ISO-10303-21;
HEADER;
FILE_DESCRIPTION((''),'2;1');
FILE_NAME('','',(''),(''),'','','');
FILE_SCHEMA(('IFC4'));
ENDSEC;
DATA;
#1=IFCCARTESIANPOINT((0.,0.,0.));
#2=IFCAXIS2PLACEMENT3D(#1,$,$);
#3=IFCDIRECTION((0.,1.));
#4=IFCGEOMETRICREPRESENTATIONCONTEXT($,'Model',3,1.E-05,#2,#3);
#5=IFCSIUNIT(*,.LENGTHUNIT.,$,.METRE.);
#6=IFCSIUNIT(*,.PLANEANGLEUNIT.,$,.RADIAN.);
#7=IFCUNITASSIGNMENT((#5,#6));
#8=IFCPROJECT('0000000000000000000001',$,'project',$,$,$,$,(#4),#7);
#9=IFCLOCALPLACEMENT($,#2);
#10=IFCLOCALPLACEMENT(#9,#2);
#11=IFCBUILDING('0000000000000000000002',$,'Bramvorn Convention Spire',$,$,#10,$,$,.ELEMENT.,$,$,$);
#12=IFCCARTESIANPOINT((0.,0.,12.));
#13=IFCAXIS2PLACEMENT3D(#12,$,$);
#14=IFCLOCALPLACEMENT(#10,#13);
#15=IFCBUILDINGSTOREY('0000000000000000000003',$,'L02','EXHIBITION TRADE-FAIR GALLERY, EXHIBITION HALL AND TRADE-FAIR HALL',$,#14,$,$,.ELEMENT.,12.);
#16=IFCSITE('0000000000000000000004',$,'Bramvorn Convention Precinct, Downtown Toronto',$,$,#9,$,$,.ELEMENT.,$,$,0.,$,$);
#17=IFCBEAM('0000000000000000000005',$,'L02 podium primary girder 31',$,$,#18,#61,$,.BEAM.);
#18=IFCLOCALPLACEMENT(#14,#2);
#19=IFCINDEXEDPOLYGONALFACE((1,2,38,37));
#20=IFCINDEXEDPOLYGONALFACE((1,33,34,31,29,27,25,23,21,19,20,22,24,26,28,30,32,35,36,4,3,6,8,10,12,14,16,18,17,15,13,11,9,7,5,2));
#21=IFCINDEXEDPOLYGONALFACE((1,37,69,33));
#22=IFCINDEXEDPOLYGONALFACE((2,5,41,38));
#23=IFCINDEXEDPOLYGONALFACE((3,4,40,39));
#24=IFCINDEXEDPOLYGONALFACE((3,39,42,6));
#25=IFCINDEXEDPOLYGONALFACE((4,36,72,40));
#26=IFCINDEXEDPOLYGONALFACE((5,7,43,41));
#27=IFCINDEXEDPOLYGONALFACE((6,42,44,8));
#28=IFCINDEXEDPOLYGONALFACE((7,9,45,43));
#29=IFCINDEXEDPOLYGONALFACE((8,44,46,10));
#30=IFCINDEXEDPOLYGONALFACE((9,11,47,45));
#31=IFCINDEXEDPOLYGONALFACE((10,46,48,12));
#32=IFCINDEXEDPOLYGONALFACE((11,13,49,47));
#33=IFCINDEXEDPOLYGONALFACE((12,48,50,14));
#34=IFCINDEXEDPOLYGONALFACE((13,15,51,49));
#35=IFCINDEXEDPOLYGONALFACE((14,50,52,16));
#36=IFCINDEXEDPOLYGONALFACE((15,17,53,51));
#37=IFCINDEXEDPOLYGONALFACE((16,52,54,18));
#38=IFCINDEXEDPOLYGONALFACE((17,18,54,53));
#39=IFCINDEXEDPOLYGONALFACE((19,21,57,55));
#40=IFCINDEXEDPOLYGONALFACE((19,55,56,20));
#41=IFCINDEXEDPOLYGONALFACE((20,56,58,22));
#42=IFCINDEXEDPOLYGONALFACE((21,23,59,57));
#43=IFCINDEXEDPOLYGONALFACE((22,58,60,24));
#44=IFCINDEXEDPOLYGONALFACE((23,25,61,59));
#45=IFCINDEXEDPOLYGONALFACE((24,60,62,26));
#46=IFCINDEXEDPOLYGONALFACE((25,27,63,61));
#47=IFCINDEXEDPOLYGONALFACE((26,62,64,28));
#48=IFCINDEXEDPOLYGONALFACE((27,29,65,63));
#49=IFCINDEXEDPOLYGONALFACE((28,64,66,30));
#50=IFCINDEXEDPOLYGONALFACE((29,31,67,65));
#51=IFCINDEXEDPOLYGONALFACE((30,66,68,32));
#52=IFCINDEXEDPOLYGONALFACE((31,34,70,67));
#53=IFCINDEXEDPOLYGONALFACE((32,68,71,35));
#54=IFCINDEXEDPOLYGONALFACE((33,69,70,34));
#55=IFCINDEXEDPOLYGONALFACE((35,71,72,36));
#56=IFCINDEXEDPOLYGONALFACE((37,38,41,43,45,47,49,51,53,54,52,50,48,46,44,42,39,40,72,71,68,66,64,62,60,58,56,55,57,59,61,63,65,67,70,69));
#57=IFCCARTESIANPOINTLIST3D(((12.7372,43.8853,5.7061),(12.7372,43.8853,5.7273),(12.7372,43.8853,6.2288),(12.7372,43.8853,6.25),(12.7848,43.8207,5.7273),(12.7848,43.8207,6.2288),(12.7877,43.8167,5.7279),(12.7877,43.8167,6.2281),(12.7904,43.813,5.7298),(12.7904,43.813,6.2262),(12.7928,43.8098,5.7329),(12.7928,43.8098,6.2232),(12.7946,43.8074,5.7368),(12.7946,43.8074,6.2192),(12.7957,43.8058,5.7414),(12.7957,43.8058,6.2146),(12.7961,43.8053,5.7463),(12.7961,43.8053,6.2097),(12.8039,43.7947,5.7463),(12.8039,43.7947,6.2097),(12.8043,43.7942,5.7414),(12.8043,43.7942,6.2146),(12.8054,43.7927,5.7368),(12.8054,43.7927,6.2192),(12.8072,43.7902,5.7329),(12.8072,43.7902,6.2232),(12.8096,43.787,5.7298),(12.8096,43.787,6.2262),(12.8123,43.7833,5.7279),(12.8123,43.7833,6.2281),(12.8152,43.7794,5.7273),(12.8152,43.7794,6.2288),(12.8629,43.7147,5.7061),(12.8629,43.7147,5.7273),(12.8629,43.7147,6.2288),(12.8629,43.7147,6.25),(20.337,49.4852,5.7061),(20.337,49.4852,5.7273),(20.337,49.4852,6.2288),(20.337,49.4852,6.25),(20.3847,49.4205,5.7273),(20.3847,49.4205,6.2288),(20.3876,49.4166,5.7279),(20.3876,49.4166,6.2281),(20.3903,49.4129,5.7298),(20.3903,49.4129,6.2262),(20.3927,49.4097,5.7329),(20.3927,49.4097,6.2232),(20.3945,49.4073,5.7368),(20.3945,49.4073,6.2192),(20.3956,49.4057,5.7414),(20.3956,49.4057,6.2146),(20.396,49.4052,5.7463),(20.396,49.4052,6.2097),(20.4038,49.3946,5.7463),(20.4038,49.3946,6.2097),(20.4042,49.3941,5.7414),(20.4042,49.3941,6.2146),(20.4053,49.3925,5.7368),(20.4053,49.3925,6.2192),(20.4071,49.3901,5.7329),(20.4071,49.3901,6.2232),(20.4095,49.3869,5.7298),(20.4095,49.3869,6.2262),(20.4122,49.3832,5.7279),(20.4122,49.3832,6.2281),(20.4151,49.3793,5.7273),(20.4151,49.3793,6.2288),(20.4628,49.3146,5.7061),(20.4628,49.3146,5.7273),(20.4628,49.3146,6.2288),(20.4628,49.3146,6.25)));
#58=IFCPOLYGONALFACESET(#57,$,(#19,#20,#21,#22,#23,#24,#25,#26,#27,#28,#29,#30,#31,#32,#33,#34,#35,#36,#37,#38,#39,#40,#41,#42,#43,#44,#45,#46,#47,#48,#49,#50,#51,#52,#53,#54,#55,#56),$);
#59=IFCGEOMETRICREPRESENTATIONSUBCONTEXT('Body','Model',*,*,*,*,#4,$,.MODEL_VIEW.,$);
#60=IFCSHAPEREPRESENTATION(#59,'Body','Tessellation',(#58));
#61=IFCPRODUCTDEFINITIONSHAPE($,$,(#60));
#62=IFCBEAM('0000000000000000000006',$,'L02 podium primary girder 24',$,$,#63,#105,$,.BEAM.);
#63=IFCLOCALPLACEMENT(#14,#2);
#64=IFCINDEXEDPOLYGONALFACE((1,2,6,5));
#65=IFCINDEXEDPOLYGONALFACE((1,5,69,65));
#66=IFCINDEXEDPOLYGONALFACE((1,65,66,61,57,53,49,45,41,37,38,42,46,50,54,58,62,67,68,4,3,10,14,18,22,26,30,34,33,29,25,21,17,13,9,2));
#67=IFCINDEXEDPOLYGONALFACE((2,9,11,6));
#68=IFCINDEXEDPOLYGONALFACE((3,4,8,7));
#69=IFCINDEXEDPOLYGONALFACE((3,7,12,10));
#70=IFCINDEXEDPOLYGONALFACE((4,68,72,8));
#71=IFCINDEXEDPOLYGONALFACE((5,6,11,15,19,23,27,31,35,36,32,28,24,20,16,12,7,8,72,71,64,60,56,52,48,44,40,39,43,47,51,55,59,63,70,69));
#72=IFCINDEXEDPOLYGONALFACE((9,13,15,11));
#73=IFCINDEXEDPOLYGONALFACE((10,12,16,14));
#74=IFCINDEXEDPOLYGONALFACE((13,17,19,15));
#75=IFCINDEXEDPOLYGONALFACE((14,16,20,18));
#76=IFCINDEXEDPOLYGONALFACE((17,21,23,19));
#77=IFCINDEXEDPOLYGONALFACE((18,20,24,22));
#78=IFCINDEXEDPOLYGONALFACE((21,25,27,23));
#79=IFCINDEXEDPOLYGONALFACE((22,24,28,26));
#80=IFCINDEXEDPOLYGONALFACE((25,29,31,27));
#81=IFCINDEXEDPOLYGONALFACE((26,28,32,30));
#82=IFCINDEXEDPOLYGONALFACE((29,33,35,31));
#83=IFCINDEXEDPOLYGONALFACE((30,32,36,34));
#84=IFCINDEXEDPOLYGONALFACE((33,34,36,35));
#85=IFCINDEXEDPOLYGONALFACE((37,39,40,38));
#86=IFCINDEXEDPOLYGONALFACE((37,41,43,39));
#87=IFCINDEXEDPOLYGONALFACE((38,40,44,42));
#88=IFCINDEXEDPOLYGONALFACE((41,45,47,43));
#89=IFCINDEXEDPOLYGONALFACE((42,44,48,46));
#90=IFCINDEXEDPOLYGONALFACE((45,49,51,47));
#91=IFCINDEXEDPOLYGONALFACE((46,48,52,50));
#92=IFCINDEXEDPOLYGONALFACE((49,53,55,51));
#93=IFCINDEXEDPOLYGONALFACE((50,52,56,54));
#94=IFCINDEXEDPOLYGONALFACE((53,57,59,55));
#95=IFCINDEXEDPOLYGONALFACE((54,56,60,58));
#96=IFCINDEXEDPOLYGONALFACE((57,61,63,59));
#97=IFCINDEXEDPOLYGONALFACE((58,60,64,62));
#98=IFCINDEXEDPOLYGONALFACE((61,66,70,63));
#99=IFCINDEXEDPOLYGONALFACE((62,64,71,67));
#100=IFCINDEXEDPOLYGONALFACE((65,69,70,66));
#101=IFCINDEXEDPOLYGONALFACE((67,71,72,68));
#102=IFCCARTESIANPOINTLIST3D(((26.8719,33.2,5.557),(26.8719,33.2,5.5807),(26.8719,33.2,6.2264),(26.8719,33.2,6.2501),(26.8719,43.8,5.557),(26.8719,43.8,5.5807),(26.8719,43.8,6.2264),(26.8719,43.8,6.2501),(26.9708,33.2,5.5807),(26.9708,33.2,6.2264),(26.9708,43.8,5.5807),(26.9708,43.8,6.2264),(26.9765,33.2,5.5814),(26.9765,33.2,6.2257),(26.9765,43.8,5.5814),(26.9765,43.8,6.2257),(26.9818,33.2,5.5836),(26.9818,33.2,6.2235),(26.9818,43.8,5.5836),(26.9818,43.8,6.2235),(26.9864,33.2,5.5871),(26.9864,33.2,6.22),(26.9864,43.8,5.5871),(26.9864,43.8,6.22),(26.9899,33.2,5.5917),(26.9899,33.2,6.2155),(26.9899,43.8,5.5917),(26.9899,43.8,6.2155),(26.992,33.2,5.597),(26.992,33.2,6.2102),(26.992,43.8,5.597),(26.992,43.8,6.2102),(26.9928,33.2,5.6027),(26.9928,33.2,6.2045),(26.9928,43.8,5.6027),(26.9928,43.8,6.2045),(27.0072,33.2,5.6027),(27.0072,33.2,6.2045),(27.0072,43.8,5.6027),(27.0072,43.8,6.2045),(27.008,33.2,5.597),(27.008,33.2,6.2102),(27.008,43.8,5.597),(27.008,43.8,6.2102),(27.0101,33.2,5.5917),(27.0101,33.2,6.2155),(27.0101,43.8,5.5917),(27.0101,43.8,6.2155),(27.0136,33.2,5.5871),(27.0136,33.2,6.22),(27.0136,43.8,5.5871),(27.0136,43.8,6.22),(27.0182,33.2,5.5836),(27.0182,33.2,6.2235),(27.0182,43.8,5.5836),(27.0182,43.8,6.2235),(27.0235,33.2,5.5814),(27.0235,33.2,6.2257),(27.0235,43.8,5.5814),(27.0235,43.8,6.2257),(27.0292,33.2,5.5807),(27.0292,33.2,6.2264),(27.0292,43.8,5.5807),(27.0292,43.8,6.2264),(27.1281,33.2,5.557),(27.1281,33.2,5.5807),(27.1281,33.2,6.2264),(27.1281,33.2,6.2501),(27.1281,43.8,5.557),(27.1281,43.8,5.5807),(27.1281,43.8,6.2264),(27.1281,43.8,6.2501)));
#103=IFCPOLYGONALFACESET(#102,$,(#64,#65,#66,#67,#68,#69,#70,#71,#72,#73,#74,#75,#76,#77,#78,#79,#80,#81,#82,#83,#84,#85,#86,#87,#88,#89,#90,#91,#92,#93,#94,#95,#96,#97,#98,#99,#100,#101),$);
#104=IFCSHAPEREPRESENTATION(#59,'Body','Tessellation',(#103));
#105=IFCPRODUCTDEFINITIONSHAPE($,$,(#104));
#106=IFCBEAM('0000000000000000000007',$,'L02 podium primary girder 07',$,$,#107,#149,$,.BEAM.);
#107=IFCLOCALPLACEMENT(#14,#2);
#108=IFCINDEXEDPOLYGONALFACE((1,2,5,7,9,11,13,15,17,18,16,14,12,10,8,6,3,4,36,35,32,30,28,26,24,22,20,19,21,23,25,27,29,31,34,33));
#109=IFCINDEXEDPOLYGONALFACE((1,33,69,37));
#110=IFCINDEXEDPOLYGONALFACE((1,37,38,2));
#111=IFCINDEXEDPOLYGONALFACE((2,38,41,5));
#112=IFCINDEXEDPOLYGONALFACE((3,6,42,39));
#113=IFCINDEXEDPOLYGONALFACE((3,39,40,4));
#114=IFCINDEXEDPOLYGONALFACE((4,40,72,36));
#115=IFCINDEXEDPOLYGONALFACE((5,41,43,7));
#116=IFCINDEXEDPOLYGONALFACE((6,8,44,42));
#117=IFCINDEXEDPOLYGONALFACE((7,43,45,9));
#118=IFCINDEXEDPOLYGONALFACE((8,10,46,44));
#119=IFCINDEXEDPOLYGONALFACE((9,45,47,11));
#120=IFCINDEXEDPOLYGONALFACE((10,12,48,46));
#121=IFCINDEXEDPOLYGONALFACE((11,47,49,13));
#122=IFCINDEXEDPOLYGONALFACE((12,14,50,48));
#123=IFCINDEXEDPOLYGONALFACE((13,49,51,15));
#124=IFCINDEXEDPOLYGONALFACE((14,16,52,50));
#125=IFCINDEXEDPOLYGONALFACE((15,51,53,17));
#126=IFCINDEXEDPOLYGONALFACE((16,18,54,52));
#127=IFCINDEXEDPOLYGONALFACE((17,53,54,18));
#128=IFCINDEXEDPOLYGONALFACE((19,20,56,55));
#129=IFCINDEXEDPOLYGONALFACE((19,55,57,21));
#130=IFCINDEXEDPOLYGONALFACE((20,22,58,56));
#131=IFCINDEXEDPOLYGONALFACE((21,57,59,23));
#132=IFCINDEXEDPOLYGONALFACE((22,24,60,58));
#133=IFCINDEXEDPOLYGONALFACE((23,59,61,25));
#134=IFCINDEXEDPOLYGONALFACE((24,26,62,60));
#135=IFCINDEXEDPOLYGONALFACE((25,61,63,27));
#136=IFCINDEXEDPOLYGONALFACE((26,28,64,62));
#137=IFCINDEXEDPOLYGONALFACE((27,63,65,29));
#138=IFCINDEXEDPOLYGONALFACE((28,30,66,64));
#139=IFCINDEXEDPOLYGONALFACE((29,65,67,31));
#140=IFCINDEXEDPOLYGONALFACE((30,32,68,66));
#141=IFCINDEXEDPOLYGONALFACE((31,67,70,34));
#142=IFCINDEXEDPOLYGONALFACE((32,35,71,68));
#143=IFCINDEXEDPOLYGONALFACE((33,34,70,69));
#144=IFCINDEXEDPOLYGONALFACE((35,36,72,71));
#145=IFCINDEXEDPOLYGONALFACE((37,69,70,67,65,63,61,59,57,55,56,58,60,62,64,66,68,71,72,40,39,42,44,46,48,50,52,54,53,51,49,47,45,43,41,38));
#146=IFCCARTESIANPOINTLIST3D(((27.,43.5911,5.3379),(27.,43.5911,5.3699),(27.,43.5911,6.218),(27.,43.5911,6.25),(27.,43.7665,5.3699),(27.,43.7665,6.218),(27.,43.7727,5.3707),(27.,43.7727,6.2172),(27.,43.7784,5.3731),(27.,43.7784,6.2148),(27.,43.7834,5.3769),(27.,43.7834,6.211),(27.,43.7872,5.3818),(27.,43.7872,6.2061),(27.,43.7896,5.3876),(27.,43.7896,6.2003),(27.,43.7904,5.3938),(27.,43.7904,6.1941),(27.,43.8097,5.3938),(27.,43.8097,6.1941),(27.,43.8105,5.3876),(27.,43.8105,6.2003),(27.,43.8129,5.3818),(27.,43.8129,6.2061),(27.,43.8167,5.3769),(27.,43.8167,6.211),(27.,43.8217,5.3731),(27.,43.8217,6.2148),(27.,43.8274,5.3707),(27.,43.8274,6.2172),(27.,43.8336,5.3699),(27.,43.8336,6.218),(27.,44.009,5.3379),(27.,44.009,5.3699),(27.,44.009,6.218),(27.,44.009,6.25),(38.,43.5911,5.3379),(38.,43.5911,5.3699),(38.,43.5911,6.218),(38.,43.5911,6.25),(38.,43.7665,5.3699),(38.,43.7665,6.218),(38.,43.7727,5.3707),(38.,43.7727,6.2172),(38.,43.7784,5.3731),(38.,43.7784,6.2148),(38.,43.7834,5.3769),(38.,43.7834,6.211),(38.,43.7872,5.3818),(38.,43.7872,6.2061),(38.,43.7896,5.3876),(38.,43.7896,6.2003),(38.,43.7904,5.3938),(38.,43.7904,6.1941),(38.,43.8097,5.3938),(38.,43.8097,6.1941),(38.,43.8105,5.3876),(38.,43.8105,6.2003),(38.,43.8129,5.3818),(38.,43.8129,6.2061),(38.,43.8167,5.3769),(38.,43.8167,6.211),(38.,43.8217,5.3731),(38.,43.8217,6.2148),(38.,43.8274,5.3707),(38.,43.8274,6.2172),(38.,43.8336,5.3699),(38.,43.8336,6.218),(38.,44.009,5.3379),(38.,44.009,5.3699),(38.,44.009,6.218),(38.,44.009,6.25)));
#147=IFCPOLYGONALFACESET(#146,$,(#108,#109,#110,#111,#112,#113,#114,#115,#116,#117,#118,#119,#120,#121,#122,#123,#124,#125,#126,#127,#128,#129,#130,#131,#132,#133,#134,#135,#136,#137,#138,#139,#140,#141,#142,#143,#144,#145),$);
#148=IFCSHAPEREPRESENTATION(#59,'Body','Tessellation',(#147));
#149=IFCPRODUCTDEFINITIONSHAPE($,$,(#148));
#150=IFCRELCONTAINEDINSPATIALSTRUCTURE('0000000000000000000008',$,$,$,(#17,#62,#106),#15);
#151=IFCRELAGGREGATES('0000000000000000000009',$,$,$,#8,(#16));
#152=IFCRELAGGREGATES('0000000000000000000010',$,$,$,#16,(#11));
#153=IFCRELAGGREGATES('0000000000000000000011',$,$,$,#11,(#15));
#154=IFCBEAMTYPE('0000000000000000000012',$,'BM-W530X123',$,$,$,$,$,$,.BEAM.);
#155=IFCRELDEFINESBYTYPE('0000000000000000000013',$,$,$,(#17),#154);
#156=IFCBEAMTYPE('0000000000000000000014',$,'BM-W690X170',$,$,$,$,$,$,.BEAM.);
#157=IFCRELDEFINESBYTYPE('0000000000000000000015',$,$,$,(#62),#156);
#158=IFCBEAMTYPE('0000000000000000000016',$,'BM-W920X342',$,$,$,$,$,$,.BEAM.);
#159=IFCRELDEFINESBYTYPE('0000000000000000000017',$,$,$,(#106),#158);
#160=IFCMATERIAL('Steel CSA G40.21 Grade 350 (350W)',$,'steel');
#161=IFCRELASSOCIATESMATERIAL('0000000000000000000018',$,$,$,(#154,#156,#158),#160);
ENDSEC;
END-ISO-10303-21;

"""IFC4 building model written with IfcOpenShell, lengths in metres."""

from ifc_helpers import new_model, si_unit, direction, frame, origin, origin_2d, place, context, subcontext, project, spatial, i_section, extrude, material, material_profile, profile_set, type_object, element, save


model = new_model("IFC4")

# Units and contexts
model_context = context("Model", 3, precision=1e-05, world=origin(), true_north=direction((0.0, 1.0)))
body_context = subcontext(model_context, "Body", "Model", "MODEL_VIEW")
ifc_project = project(units=[si_unit("LENGTHUNIT", "METRE"), si_unit("PLANEANGLEUNIT", "RADIAN")], contexts=[model_context])

# Site, building, storey
site_placement = place(None, origin())
site = spatial("IfcSite", under=ifc_project, at=site_placement, Name="Bramvorn Convention Precinct, Downtown Toronto", CompositionType="ELEMENT", RefElevation=0.0)
building_placement = place(site_placement, origin())
building = spatial("IfcBuilding", under=site, at=building_placement, Name="Bramvorn Convention Spire", CompositionType="ELEMENT")
storey_placement = place(building_placement, frame((0.0, 0.0, 12.0)))
storey = spatial("IfcBuildingStorey", under=building, at=storey_placement, Name="L02", Description="EXHIBITION TRADE-FAIR GALLERY, EXHIBITION HALL AND TRADE-FAIR HALL", CompositionType="ELEMENT", Elevation=12.0)

# Shared definitions
ifc_material_1 = material(Name="Steel CSA G40.21 Grade 350 (350W)", Category="steel")

# Beams
ifc_material_profile_1 = material_profile(ifc_material_1, i_section(OverallWidth=0.2119, OverallDepth=0.5439, WebThickness=0.0132, FlangeThickness=0.0212, FilletRadius=0.019, at=origin_2d()))
ifc_profile_set_1 = profile_set([ifc_material_profile_1], Name="Steel CSA G40.21 Grade 350 (350W) - W530X123")
beam_type_1 = type_object("IfcBeamType", Name="BM-W530X123", PredefinedType="BEAM", material=ifc_profile_set_1)
beam_1_placement = place(storey_placement, frame((20.3999, 49.3999, 5.978), z_axis=(-0.805058, -0.593196, 0.0), x_axis=(0.593196, -0.805058, 0.0)))
element("IfcBeam", 1, at=beam_1_placement, inside=storey, type_object=beam_type_1, Name="L02 podium primary girder 31", PredefinedType="BEAM", context=body_context, shape_type="SweptSolid", body=[
    extrude(i_section(OverallWidth=0.2119, OverallDepth=0.5439, WebThickness=0.0132, FlangeThickness=0.0212, FilletRadius=0.019, at=origin_2d()), origin(), (0.0, 0.0, 1.0), 9.4402),
])
ifc_material_profile_2 = material_profile(ifc_material_1, i_section(OverallWidth=0.2561, OverallDepth=0.6931, WebThickness=0.0144, FlangeThickness=0.0237, FilletRadius=0.022, at=origin_2d()))
ifc_profile_set_2 = profile_set([ifc_material_profile_2], Name="Steel CSA G40.21 Grade 350 (350W) - W690X170")
beam_type_2 = type_object("IfcBeamType", Name="BM-W690X170", PredefinedType="BEAM", material=ifc_profile_set_2)
beam_2_placement = place(storey_placement, frame((27.0, 33.2, 5.9036), z_axis=(0.0, 1.0, 0.0), x_axis=(-1.0, 0.0, 0.0)))
element("IfcBeam", 2, at=beam_2_placement, inside=storey, type_object=beam_type_2, Name="L02 podium primary girder 24", PredefinedType="BEAM", context=body_context, shape_type="SweptSolid", body=[
    extrude(i_section(OverallWidth=0.2561, OverallDepth=0.6931, WebThickness=0.0144, FlangeThickness=0.0237, FilletRadius=0.022, at=origin_2d()), origin(), (0.0, 0.0, 1.0), 10.6001),
])
ifc_material_profile_3 = material_profile(ifc_material_1, i_section(OverallWidth=0.418, OverallDepth=0.9121, WebThickness=0.0193, FlangeThickness=0.032, FilletRadius=0.0239, at=origin_2d()))
ifc_profile_set_3 = profile_set([ifc_material_profile_3], Name="Steel CSA G40.21 Grade 350 (350W) - W920X342")
beam_type_3 = type_object("IfcBeamType", Name="BM-W920X342", PredefinedType="BEAM", material=ifc_profile_set_3)
beam_3_placement = place(storey_placement, frame((27.0, 43.8, 5.7939), z_axis=(1.0, 0.0, 0.0), x_axis=(0.0, 1.0, 0.0)))
element("IfcBeam", 3, at=beam_3_placement, inside=storey, type_object=beam_type_3, Name="L02 podium primary girder 07", PredefinedType="BEAM", context=body_context, shape_type="SweptSolid", body=[
    extrude(i_section(OverallWidth=0.418, OverallDepth=0.9121, WebThickness=0.0193, FlangeThickness=0.032, FilletRadius=0.0239, at=origin_2d()), origin(), (0.0, 0.0, 1.0), 11.0),
])

save(model, "model.ifc")
